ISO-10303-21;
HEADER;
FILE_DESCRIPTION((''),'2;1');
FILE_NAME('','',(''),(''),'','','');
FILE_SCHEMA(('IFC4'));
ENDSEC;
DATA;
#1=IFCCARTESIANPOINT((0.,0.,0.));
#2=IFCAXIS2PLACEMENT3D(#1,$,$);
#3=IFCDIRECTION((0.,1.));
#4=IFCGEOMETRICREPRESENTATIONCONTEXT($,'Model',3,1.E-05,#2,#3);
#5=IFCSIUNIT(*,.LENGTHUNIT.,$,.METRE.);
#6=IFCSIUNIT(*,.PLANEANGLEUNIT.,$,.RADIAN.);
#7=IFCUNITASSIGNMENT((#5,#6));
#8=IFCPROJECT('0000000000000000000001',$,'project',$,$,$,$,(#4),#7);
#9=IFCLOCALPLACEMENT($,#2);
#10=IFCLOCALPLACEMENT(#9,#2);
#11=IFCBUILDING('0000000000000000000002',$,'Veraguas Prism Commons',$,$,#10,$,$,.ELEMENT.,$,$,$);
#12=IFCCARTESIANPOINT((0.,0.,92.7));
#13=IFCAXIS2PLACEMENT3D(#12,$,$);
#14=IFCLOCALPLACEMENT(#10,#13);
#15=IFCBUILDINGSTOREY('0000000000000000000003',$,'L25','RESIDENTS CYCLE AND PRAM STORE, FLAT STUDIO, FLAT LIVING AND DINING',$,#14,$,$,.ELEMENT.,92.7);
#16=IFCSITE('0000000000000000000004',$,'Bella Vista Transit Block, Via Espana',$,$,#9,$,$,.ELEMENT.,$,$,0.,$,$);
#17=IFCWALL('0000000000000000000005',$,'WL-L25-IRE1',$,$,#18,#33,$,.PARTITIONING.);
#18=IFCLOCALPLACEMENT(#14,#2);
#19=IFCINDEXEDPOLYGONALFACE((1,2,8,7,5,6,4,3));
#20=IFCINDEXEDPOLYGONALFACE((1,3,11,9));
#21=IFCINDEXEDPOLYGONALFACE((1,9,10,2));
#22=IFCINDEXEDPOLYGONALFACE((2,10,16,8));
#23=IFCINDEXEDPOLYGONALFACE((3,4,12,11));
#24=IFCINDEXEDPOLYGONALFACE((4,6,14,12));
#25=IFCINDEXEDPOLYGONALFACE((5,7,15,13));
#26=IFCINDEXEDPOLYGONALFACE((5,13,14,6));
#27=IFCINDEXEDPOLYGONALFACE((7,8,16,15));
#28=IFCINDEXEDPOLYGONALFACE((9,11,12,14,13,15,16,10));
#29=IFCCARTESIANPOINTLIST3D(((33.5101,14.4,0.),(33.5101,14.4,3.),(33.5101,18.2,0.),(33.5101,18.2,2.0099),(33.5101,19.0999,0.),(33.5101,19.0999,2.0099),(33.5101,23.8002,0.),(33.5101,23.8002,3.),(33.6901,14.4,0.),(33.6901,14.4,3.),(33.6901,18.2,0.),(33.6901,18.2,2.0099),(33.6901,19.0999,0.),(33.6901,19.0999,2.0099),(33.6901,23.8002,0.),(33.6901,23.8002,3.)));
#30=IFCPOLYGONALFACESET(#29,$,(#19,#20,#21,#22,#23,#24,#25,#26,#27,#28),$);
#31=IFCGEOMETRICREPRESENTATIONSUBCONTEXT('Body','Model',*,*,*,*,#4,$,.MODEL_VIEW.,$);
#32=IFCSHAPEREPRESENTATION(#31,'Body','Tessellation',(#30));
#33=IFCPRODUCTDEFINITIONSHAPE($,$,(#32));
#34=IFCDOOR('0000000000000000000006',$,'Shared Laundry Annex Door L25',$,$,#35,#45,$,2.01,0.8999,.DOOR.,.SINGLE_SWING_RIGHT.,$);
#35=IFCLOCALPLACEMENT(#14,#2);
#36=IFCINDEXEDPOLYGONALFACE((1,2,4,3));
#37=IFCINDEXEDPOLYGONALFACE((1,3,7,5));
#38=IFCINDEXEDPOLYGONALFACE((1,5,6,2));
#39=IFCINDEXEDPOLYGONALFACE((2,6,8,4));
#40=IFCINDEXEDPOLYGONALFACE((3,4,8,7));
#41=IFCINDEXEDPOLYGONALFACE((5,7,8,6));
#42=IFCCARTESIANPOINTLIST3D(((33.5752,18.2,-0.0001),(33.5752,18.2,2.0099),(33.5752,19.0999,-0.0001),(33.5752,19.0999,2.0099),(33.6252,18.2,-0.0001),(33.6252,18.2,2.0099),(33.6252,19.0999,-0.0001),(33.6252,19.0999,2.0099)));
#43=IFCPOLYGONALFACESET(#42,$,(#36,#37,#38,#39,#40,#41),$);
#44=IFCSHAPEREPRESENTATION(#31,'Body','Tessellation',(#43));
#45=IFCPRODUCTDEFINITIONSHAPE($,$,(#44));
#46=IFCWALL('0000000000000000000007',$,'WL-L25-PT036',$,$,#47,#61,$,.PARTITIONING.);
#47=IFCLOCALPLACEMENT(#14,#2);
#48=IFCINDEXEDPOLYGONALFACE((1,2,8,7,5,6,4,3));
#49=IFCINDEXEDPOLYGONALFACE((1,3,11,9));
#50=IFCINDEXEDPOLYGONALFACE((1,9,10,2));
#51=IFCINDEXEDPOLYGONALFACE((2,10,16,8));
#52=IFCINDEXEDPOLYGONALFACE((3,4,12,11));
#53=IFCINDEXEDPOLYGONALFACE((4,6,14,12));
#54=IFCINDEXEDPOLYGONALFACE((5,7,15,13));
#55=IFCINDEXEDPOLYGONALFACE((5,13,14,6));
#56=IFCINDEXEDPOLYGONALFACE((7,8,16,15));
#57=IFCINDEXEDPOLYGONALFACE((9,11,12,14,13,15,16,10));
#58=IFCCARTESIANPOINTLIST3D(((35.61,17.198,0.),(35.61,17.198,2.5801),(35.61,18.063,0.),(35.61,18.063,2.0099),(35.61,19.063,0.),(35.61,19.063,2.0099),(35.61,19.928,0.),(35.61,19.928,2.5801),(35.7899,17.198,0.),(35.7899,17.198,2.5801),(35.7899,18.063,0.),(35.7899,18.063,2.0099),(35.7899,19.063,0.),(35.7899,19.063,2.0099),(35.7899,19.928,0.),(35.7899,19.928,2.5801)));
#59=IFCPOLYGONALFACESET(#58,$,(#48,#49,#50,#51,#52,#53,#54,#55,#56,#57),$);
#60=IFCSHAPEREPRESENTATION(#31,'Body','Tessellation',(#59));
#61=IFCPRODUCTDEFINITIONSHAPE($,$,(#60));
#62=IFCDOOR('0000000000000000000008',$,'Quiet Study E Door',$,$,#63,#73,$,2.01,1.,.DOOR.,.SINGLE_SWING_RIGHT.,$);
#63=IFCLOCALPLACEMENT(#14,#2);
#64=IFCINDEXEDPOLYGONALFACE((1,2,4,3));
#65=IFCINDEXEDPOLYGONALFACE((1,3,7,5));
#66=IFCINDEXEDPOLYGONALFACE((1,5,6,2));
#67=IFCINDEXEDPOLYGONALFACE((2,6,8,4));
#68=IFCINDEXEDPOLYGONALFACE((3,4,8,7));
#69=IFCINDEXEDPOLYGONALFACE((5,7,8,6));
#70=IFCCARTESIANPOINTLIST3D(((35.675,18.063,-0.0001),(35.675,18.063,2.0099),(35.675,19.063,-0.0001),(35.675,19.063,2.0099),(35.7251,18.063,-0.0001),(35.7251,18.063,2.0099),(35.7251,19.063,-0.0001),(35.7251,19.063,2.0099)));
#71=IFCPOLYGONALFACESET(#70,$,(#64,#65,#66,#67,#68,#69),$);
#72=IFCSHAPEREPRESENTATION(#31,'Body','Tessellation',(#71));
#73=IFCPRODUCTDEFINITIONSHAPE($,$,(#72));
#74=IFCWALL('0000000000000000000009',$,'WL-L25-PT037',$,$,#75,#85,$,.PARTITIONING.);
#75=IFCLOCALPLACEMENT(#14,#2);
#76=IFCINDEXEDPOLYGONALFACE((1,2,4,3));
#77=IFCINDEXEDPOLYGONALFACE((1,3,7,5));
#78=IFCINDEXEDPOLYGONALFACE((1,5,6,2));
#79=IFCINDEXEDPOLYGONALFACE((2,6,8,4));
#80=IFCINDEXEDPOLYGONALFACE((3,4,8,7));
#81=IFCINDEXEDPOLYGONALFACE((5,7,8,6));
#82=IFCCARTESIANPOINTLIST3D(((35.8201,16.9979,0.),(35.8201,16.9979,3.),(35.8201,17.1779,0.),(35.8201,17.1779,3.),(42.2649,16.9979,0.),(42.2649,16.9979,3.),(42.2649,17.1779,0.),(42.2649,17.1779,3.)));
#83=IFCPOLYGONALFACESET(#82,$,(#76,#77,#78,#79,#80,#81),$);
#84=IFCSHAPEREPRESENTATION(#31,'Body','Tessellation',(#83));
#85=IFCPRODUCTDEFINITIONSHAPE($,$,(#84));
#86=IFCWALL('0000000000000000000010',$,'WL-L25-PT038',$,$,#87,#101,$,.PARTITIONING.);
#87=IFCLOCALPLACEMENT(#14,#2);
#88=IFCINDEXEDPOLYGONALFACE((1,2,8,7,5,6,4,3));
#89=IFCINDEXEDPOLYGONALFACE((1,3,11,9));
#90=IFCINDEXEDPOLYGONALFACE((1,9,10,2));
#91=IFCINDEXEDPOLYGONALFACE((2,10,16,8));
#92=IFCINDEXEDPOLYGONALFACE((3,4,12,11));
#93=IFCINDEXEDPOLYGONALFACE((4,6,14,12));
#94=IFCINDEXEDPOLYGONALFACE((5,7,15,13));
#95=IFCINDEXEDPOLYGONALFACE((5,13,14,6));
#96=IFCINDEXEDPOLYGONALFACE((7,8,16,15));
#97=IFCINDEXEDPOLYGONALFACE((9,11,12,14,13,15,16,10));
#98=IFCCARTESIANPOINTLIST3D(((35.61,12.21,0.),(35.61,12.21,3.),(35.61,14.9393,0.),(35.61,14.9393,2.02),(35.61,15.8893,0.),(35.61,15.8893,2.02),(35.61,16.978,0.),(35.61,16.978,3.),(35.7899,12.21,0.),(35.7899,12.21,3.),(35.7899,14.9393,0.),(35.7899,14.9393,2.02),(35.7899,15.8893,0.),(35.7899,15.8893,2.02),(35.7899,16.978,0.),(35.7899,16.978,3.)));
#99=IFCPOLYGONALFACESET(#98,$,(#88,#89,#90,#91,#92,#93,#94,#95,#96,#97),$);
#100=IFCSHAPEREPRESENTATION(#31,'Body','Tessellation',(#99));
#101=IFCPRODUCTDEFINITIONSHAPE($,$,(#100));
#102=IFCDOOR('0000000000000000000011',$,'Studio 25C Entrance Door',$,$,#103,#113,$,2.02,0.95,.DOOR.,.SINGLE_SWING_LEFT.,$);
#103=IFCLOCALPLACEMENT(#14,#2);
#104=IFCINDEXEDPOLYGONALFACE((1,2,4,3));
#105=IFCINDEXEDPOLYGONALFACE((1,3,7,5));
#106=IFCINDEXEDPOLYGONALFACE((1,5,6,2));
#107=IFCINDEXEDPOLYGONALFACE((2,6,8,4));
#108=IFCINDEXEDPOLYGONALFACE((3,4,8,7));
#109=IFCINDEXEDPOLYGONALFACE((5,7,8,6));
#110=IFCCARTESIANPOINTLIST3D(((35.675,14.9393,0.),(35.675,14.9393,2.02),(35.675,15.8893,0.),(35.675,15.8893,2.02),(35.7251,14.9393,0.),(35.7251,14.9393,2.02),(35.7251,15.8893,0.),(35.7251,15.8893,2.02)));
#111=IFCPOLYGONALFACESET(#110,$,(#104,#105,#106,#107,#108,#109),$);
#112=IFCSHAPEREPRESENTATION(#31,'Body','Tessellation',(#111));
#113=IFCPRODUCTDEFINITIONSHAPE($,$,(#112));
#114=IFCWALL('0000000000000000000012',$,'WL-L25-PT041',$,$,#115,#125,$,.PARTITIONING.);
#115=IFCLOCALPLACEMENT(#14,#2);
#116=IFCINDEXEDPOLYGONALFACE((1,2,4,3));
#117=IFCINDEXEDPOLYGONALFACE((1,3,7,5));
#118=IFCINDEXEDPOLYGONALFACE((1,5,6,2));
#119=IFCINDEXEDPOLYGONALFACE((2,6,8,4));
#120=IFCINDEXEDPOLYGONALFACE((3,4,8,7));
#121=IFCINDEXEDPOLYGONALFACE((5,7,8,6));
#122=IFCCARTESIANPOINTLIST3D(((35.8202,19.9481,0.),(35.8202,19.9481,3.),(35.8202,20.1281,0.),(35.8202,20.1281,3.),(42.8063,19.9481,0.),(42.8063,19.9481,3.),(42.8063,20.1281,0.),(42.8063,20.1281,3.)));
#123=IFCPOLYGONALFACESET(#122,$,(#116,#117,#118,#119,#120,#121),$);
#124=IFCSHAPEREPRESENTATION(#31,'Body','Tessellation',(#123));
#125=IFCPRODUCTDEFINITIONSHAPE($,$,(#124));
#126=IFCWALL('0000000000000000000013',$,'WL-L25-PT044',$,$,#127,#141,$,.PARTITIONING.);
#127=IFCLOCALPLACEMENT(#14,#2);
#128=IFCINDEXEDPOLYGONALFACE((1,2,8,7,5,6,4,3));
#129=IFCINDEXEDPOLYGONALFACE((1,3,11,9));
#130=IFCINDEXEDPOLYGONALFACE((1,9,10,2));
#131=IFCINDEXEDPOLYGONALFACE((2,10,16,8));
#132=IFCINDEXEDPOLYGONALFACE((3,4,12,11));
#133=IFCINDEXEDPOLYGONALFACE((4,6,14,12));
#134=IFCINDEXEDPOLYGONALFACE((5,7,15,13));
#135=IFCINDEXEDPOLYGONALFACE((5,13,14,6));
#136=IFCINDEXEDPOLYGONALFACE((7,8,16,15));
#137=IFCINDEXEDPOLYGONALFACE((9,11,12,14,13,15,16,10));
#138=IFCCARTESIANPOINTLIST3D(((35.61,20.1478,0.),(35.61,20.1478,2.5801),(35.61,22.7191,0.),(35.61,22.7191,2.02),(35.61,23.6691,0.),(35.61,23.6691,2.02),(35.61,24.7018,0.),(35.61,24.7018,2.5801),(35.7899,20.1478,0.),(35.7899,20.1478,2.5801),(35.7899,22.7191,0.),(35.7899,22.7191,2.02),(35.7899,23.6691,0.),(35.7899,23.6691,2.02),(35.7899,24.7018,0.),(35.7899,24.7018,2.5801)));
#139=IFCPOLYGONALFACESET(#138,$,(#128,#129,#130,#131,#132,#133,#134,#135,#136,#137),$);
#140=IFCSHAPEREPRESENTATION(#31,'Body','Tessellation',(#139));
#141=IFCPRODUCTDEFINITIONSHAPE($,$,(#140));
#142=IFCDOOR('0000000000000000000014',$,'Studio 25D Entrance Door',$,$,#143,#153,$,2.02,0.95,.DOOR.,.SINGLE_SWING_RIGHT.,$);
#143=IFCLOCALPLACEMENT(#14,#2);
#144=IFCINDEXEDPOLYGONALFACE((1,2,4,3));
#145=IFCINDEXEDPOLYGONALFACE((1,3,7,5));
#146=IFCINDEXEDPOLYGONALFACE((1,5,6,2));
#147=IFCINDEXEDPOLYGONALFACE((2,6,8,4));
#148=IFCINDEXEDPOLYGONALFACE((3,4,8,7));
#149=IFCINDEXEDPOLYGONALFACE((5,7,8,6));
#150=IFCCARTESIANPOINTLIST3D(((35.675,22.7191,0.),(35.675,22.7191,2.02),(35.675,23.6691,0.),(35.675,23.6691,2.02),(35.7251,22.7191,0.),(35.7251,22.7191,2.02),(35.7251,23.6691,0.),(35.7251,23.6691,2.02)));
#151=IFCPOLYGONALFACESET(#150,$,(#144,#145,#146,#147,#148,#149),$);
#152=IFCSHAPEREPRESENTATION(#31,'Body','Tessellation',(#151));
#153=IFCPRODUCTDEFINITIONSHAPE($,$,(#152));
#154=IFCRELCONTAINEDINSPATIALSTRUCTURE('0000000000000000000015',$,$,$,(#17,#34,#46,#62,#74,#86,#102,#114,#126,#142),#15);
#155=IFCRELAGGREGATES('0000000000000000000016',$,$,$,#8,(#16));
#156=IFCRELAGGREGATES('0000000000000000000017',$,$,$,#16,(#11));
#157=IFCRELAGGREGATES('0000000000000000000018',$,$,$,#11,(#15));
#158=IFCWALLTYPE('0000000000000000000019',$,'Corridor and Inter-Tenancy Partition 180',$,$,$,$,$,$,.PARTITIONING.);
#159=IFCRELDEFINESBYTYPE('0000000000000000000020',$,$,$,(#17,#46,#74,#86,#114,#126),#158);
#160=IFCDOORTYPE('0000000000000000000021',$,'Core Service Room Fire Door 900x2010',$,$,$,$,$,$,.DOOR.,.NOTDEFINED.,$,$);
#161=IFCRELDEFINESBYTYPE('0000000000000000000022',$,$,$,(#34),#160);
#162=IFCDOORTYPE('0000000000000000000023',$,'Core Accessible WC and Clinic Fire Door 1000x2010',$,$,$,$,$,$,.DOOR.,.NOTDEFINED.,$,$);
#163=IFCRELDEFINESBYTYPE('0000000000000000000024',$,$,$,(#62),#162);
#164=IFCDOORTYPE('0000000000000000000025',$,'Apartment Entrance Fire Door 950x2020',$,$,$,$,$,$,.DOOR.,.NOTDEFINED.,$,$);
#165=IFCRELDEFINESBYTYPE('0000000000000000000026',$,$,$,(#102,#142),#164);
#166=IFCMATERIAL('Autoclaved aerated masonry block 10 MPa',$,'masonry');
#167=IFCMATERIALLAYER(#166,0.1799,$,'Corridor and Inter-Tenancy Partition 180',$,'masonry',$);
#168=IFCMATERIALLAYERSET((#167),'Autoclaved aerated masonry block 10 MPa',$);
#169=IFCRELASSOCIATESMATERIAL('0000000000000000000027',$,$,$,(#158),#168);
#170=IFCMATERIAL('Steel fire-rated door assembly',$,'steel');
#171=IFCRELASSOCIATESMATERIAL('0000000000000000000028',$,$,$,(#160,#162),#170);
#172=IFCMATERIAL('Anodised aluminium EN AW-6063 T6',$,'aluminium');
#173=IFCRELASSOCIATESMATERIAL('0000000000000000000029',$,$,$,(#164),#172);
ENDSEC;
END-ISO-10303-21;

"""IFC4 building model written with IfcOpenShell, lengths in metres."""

from ifc_helpers import new_model, si_unit, direction, frame, frame_2d, origin, place, context, subcontext, project, spatial, rectangle, extrude, source, transform, mapped, material, layer, layer_set, type_object, element, fill, save


model = new_model("IFC4")

# Units and contexts
model_context = context("Model", 3, precision=1e-05, world=origin(), true_north=direction((0.0, 1.0)))
body_context = subcontext(model_context, "Body", "Model", "MODEL_VIEW")
ifc_project = project(units=[si_unit("LENGTHUNIT", "METRE"), si_unit("PLANEANGLEUNIT", "RADIAN")], contexts=[model_context])

# Site, building, storey
site_placement = place(None, origin())
site = spatial("IfcSite", under=ifc_project, at=site_placement, Name="Bella Vista Transit Block, Via Espana", CompositionType="ELEMENT", RefElevation=0.0)
building_placement = place(site_placement, origin())
building = spatial("IfcBuilding", under=site, at=building_placement, Name="Veraguas Prism Commons", CompositionType="ELEMENT")
storey_placement = place(building_placement, frame((0.0, 0.0, 92.7)))
storey = spatial("IfcBuildingStorey", under=building, at=storey_placement, Name="L25", Description="RESIDENTS CYCLE AND PRAM STORE, FLAT STUDIO, FLAT LIVING AND DINING", CompositionType="ELEMENT", Elevation=92.7)

# Shared definitions
ifc_material_1 = material(Name="Anodised aluminium EN AW-6063 T6", Category="aluminium")

# Walls, openings, doors
ifc_material_2 = material(Name="Autoclaved aerated masonry block 10 MPa", Category="masonry")
ifc_layer_1 = layer(ifc_material_2, 0.1799, Name="Corridor and Inter-Tenancy Partition 180", Category="masonry")
ifc_layer_set_1 = layer_set([ifc_layer_1], Name="Autoclaved aerated masonry block 10 MPa")
wall_type_1 = type_object("IfcWallType", Name="Corridor and Inter-Tenancy Partition 180", PredefinedType="PARTITIONING", material=ifc_layer_set_1)
wall_1_placement = place(storey_placement, frame((33.6001, 14.3999, 0.0), z_axis=(0.0, 0.0, 1.0), x_axis=(0.0, 1.0, 0.0)))
wall_1 = element("IfcWall", 1, at=wall_1_placement, inside=storey, type_object=wall_type_1, Name="WL-L25-IRE1", PredefinedType="PARTITIONING", context=body_context, shape_type="SweptSolid", body=[
    extrude(rectangle(XDim=9.4001, YDim=0.1799, at=frame_2d((4.7002, 0.0))), origin(), (0.0, 0.0, 1.0), 3.0),
])
opening_1_placement = place(wall_1_placement, frame((3.8, 0.0, 0.0)))
opening_1 = element("IfcOpeningElement", 2, at=opening_1_placement, cuts=wall_1, PredefinedType="OPENING", context=body_context, shape_type="SweptSolid", body=[
    extrude(rectangle(XDim=0.8999, YDim=2.01, at=frame_2d((0.45, 1.0049))), frame((0.0, 0.0999, 0.0), z_axis=(0.0, -1.0, 0.0), x_axis=(1.0, 0.0, 0.0)), (0.0, 0.0, 1.0), 0.2),
])
ifc_material_3 = material(Name="Steel fire-rated door assembly", Category="steel")
door_type_1 = type_object("IfcDoorType", Name="Core Service Room Fire Door 900x2010", OperationType="NOTDEFINED", PredefinedType="DOOR", material=ifc_material_3)
shared_shape_1 = source(origin(), body_context, "Body", "SweptSolid", [
    extrude(rectangle(XDim=0.8999, YDim=2.01, at=frame_2d((0.45, 1.0049))), frame((0.0, 0.0249, 0.0), z_axis=(0.0, -1.0, 0.0), x_axis=(1.0, 0.0, 0.0)), (0.0, 0.0, 1.0), 0.05),
])
door_1_placement = place(opening_1_placement, origin())
door_1 = element("IfcDoor", 3, at=door_1_placement, inside=storey, type_object=door_type_1, Name="Shared Laundry Annex Door L25", OperationType="SINGLE_SWING_RIGHT", OverallHeight=2.01, OverallWidth=0.8999, PredefinedType="DOOR", context=body_context, shape_type="MappedRepresentation", body=[
    mapped(shared_shape_1, transform((0.0, 0.0, 0.0), scale=1.0)),
])
fill(opening_1, door_1)
wall_2_placement = place(storey_placement, frame((35.7, 17.198, 0.0), z_axis=(0.0, 0.0, 1.0), x_axis=(0.0, 1.0, 0.0)))
wall_2 = element("IfcWall", 4, at=wall_2_placement, inside=storey, type_object=wall_type_1, Name="WL-L25-PT036", PredefinedType="PARTITIONING", context=body_context, shape_type="SweptSolid", body=[
    extrude(rectangle(XDim=2.73, YDim=0.1799, at=frame_2d((1.365, 0.0))), origin(), (0.0, 0.0, 1.0), 2.5801),
])
opening_2_placement = place(wall_2_placement, frame((0.865, 0.0, 0.0)))
opening_2 = element("IfcOpeningElement", 5, at=opening_2_placement, cuts=wall_2, PredefinedType="OPENING", context=body_context, shape_type="SweptSolid", body=[
    extrude(rectangle(XDim=1.0, YDim=2.01, at=frame_2d((0.5, 1.0049))), frame((0.0, 0.0999, 0.0), z_axis=(0.0, -1.0, 0.0), x_axis=(1.0, 0.0, 0.0)), (0.0, 0.0, 1.0), 0.2),
])
door_type_2 = type_object("IfcDoorType", Name="Core Accessible WC and Clinic Fire Door 1000x2010", OperationType="NOTDEFINED", PredefinedType="DOOR", material=ifc_material_3)
shared_shape_2 = source(origin(), body_context, "Body", "SweptSolid", [
    extrude(rectangle(XDim=1.0, YDim=2.01, at=frame_2d((0.5, 1.0049))), frame((0.0, 0.0249, 0.0), z_axis=(0.0, -1.0, 0.0), x_axis=(1.0, 0.0, 0.0)), (0.0, 0.0, 1.0), 0.05),
])
door_2_placement = place(opening_2_placement, origin())
door_2 = element("IfcDoor", 6, at=door_2_placement, inside=storey, type_object=door_type_2, Name="Quiet Study E Door", OperationType="SINGLE_SWING_RIGHT", OverallHeight=2.01, OverallWidth=1.0, PredefinedType="DOOR", context=body_context, shape_type="MappedRepresentation", body=[
    mapped(shared_shape_2, transform((0.0, 0.0, 0.0), scale=1.0)),
])
fill(opening_2, door_2)

# Wall
wall_3_placement = place(storey_placement, frame((35.8201, 17.0879, 0.0), z_axis=(0.0, 0.0, 1.0), x_axis=(1.0, 0.0, 0.0)))
element("IfcWall", 7, at=wall_3_placement, inside=storey, type_object=wall_type_1, Name="WL-L25-PT037", PredefinedType="PARTITIONING", context=body_context, shape_type="SweptSolid", body=[
    extrude(rectangle(XDim=6.4448, YDim=0.1799, at=frame_2d((3.2224, 0.0))), origin(), (0.0, 0.0, 1.0), 3.0),
])

# Wall, opening, door
wall_4_placement = place(storey_placement, frame((35.7, 12.21, 0.0), z_axis=(0.0, 0.0, 1.0), x_axis=(0.0, 1.0, 0.0)))
wall_4 = element("IfcWall", 8, at=wall_4_placement, inside=storey, type_object=wall_type_1, Name="WL-L25-PT038", PredefinedType="PARTITIONING", context=body_context, shape_type="SweptSolid", body=[
    extrude(rectangle(XDim=4.7681, YDim=0.1799, at=frame_2d((2.384, 0.0))), origin(), (0.0, 0.0, 1.0), 3.0),
])
opening_3_placement = place(wall_4_placement, frame((2.7292, 0.0, 0.0)))
opening_3 = element("IfcOpeningElement", 9, at=opening_3_placement, cuts=wall_4, PredefinedType="OPENING", context=body_context, shape_type="SweptSolid", body=[
    extrude(rectangle(XDim=0.95, YDim=2.02, at=frame_2d((0.4751, 1.01))), frame((0.0, 0.0999, 0.0), z_axis=(0.0, -1.0, 0.0), x_axis=(1.0, 0.0, 0.0)), (0.0, 0.0, 1.0), 0.2),
])
door_type_3 = type_object("IfcDoorType", Name="Apartment Entrance Fire Door 950x2020", OperationType="NOTDEFINED", PredefinedType="DOOR", material=ifc_material_1)
shared_shape_3 = source(origin(), body_context, "Body", "SweptSolid", [
    extrude(rectangle(XDim=0.95, YDim=2.02, at=frame_2d((0.4751, 1.01))), frame((0.0, 0.0249, 0.0), z_axis=(0.0, -1.0, 0.0), x_axis=(1.0, 0.0, 0.0)), (0.0, 0.0, 1.0), 0.05),
])
door_3_placement = place(opening_3_placement, origin())
door_3 = element("IfcDoor", 10, at=door_3_placement, inside=storey, type_object=door_type_3, Name="Studio 25C Entrance Door", OperationType="SINGLE_SWING_LEFT", OverallHeight=2.02, OverallWidth=0.95, PredefinedType="DOOR", context=body_context, shape_type="MappedRepresentation", body=[
    mapped(shared_shape_3, transform((0.0, 0.0, 0.0), scale=1.0)),
])
fill(opening_3, door_3)

# Wall
wall_5_placement = place(storey_placement, frame((35.8201, 20.0381, 0.0), z_axis=(0.0, 0.0, 1.0), x_axis=(1.0, 0.0, 0.0)))
element("IfcWall", 11, at=wall_5_placement, inside=storey, type_object=wall_type_1, Name="WL-L25-PT041", PredefinedType="PARTITIONING", context=body_context, shape_type="SweptSolid", body=[
    extrude(rectangle(XDim=6.9861, YDim=0.1799, at=frame_2d((3.4932, 0.0))), origin(), (0.0, 0.0, 1.0), 3.0),
])

# Wall, opening, door
wall_6_placement = place(storey_placement, frame((35.7, 20.1479, 0.0), z_axis=(0.0, 0.0, 1.0), x_axis=(0.0, 1.0, 0.0)))
wall_6 = element("IfcWall", 12, at=wall_6_placement, inside=storey, type_object=wall_type_1, Name="WL-L25-PT044", PredefinedType="PARTITIONING", context=body_context, shape_type="SweptSolid", body=[
    extrude(rectangle(XDim=4.554, YDim=0.1799, at=frame_2d((2.2769, 0.0))), origin(), (0.0, 0.0, 1.0), 2.5801),
])
opening_4_placement = place(wall_6_placement, frame((2.571, 0.0, 0.0)))
opening_4 = element("IfcOpeningElement", 13, at=opening_4_placement, cuts=wall_6, PredefinedType="OPENING", context=body_context, shape_type="SweptSolid", body=[
    extrude(rectangle(XDim=0.95, YDim=2.02, at=frame_2d((0.4751, 1.01))), frame((0.0, 0.0999, 0.0), z_axis=(0.0, -1.0, 0.0), x_axis=(1.0, 0.0, 0.0)), (0.0, 0.0, 1.0), 0.2),
])
door_4_placement = place(opening_4_placement, origin())
door_4 = element("IfcDoor", 14, at=door_4_placement, inside=storey, type_object=door_type_3, Name="Studio 25D Entrance Door", OperationType="SINGLE_SWING_RIGHT", OverallHeight=2.02, OverallWidth=0.95, PredefinedType="DOOR", context=body_context, shape_type="MappedRepresentation", body=[
    mapped(shared_shape_3, transform((0.0, 0.0, 0.0), scale=1.0)),
])
fill(opening_4, door_4)

save(model, "model.ifc")
